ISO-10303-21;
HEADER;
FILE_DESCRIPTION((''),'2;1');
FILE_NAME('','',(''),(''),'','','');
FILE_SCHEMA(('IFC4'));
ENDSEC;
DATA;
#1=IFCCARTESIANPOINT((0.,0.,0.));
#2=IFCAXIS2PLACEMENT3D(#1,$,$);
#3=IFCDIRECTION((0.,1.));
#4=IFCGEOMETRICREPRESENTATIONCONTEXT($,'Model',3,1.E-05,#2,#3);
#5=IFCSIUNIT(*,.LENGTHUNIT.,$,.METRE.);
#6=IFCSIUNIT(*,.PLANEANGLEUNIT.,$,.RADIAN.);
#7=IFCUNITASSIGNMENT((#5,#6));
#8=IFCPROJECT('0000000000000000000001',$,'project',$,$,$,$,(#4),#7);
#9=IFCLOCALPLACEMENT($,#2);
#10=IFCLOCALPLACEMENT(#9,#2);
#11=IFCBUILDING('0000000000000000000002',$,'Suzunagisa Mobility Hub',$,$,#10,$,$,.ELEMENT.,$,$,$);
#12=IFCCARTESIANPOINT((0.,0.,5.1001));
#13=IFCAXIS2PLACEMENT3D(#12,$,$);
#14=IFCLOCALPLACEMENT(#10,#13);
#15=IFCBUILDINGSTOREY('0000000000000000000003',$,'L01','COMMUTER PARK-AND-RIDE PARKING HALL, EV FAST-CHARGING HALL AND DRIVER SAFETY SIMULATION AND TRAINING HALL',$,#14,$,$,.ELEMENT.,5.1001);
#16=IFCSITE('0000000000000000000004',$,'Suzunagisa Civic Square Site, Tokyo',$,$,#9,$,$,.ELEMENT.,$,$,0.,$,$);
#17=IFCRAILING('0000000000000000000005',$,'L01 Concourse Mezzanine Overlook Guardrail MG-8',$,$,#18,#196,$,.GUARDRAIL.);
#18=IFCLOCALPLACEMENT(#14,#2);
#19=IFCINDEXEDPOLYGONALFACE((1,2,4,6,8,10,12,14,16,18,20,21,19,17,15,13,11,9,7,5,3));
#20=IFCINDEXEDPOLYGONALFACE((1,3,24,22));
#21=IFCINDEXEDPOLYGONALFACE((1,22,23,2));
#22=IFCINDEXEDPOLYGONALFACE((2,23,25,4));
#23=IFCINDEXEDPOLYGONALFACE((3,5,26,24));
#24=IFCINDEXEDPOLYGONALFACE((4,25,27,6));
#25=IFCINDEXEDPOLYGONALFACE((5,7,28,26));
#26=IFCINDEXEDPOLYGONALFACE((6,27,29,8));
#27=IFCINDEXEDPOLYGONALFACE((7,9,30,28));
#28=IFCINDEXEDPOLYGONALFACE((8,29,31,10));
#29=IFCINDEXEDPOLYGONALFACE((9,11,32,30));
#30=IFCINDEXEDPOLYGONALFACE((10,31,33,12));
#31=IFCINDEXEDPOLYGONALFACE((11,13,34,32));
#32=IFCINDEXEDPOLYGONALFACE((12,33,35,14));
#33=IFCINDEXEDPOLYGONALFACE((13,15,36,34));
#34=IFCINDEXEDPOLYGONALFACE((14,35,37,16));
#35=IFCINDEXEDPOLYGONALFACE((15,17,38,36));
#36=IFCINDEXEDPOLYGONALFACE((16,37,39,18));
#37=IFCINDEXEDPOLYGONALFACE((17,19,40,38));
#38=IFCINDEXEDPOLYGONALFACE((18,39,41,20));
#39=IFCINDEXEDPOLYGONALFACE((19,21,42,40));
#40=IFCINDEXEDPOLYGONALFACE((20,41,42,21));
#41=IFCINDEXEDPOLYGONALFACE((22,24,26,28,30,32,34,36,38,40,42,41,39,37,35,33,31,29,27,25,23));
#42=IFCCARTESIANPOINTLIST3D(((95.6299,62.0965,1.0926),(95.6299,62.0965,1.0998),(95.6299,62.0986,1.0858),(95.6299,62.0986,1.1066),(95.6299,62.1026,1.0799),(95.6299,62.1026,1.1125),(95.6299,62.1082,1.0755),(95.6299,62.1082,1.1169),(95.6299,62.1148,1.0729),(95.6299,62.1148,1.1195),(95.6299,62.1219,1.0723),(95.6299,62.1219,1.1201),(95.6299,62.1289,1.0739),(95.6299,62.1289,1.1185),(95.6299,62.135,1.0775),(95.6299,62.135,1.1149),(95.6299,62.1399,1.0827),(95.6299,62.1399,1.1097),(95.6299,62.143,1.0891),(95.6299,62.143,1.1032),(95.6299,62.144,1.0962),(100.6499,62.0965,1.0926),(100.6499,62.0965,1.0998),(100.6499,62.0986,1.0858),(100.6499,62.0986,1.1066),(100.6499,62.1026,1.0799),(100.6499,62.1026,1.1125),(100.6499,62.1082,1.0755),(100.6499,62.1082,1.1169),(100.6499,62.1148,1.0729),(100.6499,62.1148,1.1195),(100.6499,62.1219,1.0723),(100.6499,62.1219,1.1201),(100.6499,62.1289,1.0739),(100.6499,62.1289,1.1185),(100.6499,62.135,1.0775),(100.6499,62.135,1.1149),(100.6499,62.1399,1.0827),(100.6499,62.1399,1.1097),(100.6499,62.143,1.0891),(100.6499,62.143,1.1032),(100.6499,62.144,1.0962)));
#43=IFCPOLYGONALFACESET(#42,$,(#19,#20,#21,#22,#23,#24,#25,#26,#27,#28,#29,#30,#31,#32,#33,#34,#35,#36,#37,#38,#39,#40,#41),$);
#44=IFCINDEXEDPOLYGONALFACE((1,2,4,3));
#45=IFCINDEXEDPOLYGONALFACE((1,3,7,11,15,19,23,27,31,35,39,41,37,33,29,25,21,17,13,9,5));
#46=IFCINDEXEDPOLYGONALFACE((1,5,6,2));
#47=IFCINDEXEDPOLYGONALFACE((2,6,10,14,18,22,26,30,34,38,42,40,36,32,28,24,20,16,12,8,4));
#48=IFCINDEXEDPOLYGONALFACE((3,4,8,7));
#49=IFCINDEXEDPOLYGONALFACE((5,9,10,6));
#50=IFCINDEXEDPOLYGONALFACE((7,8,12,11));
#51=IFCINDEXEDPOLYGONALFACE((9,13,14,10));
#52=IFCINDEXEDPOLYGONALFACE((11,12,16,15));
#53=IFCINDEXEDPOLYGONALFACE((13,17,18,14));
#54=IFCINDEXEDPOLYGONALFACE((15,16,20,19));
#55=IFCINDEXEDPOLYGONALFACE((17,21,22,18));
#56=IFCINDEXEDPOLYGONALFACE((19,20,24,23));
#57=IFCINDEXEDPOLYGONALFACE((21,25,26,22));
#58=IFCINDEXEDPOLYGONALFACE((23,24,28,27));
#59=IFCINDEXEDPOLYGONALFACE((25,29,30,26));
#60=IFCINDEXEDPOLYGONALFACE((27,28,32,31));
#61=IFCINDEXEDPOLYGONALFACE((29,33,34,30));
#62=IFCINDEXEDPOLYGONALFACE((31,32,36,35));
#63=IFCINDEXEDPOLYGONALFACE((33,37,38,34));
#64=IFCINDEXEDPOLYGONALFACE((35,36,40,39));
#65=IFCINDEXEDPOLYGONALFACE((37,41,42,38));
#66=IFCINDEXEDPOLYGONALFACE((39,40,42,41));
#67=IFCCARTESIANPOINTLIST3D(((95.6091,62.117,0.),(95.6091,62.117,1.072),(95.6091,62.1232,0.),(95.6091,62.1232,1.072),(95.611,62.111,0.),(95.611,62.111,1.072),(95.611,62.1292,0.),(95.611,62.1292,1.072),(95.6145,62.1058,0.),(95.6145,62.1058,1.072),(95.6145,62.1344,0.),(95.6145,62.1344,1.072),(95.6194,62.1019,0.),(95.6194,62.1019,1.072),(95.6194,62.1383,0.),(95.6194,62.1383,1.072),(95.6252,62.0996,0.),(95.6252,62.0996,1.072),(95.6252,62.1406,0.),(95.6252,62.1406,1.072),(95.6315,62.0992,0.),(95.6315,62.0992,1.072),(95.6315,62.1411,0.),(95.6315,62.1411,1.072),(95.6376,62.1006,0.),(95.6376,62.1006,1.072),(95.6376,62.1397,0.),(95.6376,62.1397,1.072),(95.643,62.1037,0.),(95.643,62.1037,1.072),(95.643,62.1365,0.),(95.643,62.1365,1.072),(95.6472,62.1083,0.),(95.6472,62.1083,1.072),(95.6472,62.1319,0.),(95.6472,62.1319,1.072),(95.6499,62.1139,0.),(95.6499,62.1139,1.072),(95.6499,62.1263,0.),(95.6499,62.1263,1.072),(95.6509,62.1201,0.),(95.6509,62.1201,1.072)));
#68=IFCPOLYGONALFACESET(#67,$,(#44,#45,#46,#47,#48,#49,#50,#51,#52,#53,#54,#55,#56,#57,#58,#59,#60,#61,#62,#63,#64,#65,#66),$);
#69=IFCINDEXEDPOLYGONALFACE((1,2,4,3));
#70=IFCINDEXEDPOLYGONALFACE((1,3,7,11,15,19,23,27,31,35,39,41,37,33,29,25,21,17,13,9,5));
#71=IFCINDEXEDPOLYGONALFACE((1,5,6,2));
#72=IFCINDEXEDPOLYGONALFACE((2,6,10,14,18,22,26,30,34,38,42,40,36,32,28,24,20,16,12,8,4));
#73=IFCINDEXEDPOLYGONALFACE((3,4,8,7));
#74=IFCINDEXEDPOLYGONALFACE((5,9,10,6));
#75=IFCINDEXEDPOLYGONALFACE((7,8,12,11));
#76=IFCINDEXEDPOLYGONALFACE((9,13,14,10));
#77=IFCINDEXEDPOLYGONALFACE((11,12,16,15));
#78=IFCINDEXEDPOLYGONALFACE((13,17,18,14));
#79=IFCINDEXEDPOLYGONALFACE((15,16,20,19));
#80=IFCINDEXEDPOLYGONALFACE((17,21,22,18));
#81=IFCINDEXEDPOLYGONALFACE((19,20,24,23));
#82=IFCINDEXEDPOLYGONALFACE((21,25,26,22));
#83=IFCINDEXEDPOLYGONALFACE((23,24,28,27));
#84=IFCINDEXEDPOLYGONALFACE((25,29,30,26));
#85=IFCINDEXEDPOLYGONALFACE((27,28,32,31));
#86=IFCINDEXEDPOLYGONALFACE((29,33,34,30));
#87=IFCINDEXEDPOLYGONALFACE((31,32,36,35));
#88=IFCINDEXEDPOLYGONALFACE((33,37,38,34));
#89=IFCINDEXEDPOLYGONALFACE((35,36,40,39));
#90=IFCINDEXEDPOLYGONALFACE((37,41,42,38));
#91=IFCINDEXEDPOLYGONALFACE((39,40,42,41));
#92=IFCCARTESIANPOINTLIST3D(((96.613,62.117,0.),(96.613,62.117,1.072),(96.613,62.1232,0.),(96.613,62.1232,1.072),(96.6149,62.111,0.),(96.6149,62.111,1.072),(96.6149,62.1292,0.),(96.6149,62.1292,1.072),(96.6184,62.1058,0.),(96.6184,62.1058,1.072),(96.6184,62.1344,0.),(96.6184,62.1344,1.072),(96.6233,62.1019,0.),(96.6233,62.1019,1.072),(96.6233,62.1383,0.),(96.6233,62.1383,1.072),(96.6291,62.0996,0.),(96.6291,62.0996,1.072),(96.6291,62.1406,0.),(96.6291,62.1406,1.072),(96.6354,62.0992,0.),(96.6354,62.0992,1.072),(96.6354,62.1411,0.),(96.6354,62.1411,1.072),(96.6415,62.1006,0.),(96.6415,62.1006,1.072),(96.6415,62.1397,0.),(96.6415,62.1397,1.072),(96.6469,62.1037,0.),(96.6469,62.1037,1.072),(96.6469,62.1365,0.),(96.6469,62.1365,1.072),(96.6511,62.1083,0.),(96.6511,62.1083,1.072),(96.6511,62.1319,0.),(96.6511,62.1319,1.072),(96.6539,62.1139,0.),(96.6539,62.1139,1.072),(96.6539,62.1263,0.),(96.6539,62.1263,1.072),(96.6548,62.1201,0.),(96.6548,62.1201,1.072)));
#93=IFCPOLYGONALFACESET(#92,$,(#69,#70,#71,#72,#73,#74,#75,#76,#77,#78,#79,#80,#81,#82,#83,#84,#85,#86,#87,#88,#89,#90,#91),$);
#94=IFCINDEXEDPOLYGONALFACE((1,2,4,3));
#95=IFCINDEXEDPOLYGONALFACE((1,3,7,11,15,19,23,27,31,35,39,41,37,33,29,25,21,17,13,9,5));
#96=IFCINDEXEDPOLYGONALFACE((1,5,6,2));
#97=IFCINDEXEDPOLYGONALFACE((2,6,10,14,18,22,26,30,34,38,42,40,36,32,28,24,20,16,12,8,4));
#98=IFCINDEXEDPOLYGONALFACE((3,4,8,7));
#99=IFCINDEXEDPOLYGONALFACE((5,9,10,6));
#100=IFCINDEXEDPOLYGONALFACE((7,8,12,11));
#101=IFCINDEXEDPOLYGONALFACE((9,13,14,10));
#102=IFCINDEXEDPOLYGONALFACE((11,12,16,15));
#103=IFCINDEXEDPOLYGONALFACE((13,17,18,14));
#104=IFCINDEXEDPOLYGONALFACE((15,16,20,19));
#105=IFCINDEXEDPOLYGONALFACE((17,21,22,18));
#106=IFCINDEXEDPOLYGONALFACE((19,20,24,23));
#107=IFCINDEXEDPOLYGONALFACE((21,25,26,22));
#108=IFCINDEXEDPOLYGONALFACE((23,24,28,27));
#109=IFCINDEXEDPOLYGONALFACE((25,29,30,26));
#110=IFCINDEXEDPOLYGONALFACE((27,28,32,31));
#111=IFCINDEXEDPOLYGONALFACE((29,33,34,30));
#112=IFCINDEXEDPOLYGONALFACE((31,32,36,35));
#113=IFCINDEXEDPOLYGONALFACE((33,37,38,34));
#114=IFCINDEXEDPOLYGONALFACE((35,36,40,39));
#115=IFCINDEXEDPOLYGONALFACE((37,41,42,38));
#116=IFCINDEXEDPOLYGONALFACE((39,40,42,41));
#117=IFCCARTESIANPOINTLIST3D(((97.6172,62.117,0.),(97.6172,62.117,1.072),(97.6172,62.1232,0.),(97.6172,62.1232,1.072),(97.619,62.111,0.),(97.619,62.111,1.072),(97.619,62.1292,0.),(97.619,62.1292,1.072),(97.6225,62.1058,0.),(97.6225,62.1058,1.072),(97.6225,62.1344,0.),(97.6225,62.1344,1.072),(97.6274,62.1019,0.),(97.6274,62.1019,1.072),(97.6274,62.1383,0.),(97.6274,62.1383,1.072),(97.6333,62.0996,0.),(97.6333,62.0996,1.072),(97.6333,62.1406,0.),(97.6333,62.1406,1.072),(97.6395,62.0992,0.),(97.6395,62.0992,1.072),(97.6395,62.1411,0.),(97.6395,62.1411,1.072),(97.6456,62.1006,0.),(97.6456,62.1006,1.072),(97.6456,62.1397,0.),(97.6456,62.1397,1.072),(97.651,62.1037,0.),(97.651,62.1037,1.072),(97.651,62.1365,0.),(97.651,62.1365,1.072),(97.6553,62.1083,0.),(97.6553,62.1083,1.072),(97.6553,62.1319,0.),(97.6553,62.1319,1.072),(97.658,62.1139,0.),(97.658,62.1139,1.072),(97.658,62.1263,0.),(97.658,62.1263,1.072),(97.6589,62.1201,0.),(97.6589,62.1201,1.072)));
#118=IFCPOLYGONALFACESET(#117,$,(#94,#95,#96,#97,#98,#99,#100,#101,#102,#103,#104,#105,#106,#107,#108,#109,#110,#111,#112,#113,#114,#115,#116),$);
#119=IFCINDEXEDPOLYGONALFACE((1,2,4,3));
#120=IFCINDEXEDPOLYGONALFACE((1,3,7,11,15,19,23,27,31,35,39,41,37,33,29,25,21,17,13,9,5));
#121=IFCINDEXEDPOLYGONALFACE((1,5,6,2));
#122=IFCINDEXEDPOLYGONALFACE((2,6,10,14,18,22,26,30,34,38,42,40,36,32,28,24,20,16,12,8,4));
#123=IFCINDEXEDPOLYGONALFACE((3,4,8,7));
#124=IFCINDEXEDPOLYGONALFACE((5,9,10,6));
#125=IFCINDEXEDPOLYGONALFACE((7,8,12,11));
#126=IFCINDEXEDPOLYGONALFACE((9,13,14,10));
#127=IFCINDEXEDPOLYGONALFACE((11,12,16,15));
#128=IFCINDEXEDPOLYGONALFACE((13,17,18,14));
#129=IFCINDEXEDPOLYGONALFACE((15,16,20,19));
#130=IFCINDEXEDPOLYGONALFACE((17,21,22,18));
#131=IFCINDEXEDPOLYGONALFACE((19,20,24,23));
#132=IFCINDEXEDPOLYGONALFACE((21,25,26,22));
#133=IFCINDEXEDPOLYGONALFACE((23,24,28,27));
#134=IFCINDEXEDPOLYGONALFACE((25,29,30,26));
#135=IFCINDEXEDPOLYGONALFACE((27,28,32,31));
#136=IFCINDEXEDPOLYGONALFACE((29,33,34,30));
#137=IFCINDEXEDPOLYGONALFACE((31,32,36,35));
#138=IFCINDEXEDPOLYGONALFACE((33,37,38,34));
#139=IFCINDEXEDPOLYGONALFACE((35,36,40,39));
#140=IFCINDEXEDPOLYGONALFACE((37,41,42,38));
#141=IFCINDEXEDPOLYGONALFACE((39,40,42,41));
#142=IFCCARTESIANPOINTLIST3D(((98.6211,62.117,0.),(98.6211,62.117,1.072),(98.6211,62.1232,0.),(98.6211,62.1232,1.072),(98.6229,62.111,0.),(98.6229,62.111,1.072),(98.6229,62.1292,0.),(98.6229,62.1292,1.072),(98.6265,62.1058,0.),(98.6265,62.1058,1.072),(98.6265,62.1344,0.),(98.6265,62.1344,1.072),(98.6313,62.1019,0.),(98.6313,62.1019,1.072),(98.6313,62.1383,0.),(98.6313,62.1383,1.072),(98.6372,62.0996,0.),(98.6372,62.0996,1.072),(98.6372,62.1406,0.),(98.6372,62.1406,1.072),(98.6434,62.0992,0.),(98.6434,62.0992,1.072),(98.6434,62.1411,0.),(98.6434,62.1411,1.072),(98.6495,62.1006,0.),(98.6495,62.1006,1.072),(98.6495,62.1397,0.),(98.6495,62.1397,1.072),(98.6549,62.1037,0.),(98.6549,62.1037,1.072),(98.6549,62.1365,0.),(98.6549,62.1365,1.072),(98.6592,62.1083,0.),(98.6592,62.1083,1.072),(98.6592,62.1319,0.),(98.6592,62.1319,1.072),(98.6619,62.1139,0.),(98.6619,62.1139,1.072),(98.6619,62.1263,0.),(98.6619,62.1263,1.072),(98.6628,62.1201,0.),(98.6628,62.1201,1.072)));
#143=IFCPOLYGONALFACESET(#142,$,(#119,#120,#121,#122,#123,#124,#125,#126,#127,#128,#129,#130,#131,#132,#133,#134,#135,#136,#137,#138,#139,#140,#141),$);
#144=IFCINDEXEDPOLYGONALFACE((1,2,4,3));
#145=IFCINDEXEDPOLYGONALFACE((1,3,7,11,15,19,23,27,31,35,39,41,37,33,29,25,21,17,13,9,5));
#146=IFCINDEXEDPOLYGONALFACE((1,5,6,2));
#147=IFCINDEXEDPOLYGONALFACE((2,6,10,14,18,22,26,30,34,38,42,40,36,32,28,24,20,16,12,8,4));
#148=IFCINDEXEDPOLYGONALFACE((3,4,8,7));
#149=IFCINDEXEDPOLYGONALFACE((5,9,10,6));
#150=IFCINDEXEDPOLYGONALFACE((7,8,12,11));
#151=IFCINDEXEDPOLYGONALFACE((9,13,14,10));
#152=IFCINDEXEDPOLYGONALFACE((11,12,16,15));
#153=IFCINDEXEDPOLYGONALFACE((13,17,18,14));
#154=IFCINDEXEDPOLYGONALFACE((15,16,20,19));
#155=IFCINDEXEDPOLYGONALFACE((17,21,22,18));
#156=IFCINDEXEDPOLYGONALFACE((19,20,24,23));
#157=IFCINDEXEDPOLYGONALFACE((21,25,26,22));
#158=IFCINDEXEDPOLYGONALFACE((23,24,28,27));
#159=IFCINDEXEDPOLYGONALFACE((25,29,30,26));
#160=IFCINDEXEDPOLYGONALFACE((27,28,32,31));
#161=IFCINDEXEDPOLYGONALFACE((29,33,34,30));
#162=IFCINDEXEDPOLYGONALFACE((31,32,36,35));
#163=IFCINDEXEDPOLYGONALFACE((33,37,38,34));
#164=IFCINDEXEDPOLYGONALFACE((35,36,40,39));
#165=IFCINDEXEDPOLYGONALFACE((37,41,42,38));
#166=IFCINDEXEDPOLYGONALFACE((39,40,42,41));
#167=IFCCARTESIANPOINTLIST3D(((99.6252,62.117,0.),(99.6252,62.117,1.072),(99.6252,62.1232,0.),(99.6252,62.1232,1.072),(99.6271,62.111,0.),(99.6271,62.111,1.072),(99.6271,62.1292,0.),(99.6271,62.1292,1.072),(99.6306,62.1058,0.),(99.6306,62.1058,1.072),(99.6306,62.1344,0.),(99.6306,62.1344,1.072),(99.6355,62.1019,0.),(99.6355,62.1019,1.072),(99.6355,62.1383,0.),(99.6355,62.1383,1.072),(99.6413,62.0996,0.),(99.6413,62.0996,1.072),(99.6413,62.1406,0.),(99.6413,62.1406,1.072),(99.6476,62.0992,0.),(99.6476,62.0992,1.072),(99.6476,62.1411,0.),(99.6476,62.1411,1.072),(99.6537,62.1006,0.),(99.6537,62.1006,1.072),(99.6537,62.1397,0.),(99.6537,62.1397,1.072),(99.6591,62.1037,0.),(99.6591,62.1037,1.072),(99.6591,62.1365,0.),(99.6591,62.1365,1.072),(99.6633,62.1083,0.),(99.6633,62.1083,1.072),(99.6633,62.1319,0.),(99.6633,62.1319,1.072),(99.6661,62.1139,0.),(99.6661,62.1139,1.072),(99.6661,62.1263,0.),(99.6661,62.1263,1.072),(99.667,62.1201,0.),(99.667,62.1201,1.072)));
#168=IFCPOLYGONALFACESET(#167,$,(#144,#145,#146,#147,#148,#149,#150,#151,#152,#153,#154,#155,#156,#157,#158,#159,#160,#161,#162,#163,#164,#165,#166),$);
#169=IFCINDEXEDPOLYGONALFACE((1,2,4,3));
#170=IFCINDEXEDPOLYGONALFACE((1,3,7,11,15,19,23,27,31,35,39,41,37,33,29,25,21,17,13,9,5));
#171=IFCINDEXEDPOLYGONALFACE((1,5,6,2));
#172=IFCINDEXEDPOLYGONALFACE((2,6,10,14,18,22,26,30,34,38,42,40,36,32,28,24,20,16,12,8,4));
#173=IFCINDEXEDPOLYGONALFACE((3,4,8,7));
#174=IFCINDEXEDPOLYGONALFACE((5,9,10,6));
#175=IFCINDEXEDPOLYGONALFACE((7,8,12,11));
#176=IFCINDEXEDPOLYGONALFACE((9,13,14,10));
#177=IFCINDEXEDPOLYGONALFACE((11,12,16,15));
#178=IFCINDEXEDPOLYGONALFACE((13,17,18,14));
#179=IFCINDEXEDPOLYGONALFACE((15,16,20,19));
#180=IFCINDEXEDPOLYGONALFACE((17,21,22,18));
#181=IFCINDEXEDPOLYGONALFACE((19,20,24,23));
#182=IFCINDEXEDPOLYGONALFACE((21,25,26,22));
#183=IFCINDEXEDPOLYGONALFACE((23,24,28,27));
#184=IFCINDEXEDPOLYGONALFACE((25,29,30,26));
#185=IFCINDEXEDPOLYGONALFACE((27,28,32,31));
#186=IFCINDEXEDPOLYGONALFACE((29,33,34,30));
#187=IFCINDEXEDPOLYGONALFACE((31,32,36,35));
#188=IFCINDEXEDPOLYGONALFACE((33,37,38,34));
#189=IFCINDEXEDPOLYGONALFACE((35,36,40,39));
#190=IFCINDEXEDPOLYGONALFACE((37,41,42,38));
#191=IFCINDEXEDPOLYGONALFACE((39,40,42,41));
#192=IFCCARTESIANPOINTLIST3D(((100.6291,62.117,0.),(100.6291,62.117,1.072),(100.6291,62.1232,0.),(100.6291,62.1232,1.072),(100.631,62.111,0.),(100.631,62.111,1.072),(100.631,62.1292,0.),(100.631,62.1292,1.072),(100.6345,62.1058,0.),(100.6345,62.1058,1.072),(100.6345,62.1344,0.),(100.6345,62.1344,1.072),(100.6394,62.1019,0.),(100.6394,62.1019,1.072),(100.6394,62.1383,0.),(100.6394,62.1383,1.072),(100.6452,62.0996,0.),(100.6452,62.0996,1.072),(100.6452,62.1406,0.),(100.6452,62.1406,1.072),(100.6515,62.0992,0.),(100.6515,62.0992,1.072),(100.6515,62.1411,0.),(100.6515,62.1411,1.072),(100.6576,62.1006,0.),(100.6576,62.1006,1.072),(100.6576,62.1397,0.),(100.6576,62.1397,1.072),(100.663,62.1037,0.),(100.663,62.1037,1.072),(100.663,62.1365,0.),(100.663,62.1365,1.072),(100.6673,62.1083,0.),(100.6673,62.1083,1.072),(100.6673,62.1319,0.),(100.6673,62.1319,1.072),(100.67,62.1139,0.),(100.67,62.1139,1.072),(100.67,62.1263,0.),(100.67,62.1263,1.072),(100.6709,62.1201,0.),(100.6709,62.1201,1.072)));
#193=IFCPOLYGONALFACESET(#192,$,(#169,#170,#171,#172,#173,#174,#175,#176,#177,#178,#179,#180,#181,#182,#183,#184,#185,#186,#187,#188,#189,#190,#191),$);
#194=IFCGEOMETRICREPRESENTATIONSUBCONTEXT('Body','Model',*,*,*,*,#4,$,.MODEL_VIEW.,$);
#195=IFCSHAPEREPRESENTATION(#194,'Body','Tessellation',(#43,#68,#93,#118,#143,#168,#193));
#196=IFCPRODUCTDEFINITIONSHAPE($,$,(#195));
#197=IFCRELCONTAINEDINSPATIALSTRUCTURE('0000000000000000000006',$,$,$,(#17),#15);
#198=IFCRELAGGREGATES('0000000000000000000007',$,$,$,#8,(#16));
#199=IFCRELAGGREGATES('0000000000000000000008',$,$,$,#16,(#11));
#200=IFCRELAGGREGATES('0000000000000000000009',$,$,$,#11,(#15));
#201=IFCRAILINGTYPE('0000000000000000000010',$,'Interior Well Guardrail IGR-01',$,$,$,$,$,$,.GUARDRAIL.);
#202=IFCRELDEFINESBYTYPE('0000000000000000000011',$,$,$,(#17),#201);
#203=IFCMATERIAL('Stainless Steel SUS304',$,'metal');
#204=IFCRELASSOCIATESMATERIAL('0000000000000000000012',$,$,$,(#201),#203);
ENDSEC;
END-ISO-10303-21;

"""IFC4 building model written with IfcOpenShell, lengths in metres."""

from ifc_helpers import new_model, si_unit, direction, frame, origin, origin_2d, place, context, subcontext, project, spatial, circle, extrude, material, type_object, element, save


model = new_model("IFC4")

# Units and contexts
model_context = context("Model", 3, precision=1e-05, world=origin(), true_north=direction((0.0, 1.0)))
body_context = subcontext(model_context, "Body", "Model", "MODEL_VIEW")
ifc_project = project(units=[si_unit("LENGTHUNIT", "METRE"), si_unit("PLANEANGLEUNIT", "RADIAN")], contexts=[model_context])

# Site, building, storey
site_placement = place(None, origin())
site = spatial("IfcSite", under=ifc_project, at=site_placement, Name="Suzunagisa Civic Square Site, Tokyo", CompositionType="ELEMENT", RefElevation=0.0)
building_placement = place(site_placement, origin())
building = spatial("IfcBuilding", under=site, at=building_placement, Name="Suzunagisa Mobility Hub", CompositionType="ELEMENT")
storey_placement = place(building_placement, frame((0.0, 0.0, 5.1001)))
storey = spatial("IfcBuildingStorey", under=building, at=storey_placement, Name="L01", Description="COMMUTER PARK-AND-RIDE PARKING HALL, EV FAST-CHARGING HALL AND DRIVER SAFETY SIMULATION AND TRAINING HALL", CompositionType="ELEMENT", Elevation=5.1001)

# Railing
ifc_material_1 = material(Name="Stainless Steel SUS304", Category="metal")
railing_type = type_object("IfcRailingType", Name="Interior Well Guardrail IGR-01", PredefinedType="GUARDRAIL", material=ifc_material_1)
railing_1_placement = place(storey_placement, frame((95.6299, 62.1201, 0.0)))
element("IfcRailing", 1, at=railing_1_placement, inside=storey, type_object=railing_type, Name="L01 Concourse Mezzanine Overlook Guardrail MG-8", PredefinedType="GUARDRAIL", context=body_context, shape_type="SweptSolid", body=[
    extrude(circle(Radius=0.0239, at=origin_2d()), frame((0.0, 0.0, 1.0962), z_axis=(1.0, 0.0, 0.0), x_axis=(0.0, 1.0, 0.0)), (0.0, 0.0, 1.0), 5.02),
    extrude(circle(Radius=0.021, at=origin_2d()), origin(), (0.0, 0.0, 1.0), 1.072),
    extrude(circle(Radius=0.021, at=origin_2d()), frame((1.0039, 0.0, 0.0)), (0.0, 0.0, 1.0), 1.072),
    extrude(circle(Radius=0.021, at=origin_2d()), frame((2.0081, 0.0, 0.0)), (0.0, 0.0, 1.0), 1.072),
    extrude(circle(Radius=0.021, at=origin_2d()), frame((3.012, 0.0, 0.0)), (0.0, 0.0, 1.0), 1.072),
    extrude(circle(Radius=0.021, at=origin_2d()), frame((4.0161, 0.0, 0.0)), (0.0, 0.0, 1.0), 1.072),
    extrude(circle(Radius=0.021, at=origin_2d()), frame((5.02, 0.0, 0.0)), (0.0, 0.0, 1.0), 1.072),
])

save(model, "model.ifc")
